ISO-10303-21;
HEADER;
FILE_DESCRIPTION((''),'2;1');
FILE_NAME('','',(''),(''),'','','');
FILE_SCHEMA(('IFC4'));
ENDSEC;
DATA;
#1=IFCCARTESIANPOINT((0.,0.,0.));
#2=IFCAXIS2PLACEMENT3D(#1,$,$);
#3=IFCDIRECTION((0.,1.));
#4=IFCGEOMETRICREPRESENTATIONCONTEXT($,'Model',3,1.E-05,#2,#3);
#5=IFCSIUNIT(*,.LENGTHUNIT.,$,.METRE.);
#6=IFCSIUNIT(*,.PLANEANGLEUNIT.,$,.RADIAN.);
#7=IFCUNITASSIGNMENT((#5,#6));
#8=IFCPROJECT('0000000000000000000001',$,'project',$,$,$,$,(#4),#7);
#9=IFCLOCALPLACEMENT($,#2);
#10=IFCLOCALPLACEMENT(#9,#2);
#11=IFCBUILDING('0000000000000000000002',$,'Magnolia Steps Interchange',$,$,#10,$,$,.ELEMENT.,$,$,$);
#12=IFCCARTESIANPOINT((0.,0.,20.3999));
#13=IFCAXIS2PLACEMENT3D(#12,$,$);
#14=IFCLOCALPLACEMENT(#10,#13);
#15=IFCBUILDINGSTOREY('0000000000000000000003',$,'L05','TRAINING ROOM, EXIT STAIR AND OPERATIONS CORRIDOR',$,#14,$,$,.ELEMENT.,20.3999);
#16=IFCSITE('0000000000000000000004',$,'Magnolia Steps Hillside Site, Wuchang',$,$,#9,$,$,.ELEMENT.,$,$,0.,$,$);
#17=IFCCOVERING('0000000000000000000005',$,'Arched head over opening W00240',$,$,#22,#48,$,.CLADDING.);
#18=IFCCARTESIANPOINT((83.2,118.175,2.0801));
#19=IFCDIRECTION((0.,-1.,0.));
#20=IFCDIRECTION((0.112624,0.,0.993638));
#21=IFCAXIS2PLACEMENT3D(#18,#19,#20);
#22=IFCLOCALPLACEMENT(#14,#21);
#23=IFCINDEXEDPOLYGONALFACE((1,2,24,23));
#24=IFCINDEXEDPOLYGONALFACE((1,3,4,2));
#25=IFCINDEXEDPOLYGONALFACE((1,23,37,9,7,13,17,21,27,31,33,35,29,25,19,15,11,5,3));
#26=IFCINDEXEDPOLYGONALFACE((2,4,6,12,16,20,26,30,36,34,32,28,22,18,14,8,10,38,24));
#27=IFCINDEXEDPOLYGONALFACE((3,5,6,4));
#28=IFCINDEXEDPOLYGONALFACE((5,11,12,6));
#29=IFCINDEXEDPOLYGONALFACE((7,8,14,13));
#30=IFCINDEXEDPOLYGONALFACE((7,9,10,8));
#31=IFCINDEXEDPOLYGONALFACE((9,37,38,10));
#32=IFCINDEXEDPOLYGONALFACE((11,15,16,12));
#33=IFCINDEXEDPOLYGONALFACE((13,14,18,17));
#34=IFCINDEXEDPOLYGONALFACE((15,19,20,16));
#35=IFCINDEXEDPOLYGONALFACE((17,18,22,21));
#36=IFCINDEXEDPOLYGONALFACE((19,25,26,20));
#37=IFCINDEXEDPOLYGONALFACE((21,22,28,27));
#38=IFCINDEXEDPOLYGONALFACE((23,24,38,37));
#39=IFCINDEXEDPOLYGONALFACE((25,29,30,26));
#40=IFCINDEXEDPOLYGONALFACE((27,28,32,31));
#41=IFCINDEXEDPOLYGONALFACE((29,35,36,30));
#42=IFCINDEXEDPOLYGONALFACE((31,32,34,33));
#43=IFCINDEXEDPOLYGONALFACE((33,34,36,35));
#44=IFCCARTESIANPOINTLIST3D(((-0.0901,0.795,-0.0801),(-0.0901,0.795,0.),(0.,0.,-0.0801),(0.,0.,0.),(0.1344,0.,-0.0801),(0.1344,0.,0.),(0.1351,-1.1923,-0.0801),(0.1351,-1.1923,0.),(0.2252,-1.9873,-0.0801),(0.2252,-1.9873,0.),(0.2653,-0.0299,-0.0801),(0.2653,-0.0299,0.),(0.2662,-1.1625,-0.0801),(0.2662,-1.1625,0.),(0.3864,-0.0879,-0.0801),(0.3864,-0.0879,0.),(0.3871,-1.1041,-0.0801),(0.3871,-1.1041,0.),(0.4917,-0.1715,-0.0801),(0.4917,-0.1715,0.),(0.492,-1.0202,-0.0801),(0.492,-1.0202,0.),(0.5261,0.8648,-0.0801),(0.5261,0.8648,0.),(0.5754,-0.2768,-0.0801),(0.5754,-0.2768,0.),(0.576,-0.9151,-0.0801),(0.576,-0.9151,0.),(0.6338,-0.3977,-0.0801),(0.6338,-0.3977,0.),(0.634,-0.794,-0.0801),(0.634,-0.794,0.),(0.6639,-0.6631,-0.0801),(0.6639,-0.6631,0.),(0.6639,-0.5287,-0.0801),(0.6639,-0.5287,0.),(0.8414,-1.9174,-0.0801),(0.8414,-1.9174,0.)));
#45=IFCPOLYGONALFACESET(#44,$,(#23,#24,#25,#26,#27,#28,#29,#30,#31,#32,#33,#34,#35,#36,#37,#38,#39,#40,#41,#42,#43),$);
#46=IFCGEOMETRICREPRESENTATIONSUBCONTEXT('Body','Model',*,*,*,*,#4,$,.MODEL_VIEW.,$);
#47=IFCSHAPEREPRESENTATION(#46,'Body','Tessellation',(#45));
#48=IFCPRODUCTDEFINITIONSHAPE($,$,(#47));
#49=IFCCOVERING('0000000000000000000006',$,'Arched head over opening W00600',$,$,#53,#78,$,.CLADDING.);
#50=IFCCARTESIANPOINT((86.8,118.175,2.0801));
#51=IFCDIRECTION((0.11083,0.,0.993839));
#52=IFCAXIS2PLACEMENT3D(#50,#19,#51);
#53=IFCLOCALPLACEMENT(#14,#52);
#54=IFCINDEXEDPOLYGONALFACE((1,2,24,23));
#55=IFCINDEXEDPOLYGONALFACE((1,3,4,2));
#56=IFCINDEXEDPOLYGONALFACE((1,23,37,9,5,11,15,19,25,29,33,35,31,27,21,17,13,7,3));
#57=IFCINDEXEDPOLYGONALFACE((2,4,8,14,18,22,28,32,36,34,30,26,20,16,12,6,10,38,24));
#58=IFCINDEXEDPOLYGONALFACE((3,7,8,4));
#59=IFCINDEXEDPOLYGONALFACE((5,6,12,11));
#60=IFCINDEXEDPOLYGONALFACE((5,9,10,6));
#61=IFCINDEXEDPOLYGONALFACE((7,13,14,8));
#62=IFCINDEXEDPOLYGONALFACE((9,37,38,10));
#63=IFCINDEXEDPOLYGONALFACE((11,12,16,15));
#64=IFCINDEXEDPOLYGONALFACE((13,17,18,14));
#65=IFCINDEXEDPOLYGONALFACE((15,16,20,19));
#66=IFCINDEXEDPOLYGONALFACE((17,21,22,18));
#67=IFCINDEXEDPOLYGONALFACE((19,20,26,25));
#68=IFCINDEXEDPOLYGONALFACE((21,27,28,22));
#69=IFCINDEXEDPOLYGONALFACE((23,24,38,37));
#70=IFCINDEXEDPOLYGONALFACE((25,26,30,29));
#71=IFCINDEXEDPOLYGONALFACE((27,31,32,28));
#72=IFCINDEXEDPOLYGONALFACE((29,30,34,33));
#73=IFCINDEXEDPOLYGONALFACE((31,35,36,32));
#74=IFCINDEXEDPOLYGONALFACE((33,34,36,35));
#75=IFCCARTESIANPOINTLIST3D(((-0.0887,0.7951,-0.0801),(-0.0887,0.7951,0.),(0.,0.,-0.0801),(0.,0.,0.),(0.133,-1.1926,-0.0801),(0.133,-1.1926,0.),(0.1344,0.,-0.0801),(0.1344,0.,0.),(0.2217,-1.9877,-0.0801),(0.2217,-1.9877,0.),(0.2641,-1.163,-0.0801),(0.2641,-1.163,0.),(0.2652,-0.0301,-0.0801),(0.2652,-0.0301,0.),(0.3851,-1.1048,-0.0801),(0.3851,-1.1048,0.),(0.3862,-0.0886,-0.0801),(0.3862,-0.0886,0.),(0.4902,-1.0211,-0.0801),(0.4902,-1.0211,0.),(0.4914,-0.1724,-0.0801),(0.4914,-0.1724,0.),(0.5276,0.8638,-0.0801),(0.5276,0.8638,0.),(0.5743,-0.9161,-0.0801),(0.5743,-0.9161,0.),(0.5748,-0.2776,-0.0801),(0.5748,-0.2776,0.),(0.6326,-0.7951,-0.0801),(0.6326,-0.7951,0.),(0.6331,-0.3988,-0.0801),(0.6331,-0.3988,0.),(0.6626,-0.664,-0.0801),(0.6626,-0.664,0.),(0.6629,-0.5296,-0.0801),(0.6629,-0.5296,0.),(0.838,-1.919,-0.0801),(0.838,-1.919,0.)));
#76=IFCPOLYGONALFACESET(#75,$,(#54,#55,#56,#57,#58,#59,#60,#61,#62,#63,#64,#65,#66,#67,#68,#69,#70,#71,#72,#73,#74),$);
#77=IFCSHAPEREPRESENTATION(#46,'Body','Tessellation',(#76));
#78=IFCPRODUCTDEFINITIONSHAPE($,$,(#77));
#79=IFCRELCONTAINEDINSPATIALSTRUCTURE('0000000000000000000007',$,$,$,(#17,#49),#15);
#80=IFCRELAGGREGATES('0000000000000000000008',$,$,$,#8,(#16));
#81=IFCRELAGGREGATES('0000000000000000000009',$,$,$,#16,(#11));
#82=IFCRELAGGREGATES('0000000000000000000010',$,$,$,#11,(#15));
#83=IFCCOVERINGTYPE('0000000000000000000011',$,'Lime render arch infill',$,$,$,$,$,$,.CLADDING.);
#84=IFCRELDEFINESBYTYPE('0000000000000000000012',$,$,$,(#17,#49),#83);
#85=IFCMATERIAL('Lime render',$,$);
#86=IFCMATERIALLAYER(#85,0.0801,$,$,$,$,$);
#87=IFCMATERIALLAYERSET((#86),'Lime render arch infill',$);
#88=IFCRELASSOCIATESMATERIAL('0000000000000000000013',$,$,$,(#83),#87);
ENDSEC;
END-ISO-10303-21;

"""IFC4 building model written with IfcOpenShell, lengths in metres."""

from ifc_helpers import new_model, si_unit, direction, frame, origin, place, context, subcontext, project, spatial, polyline, outline, extrude, material, layer, layer_set, type_object, element, save


model = new_model("IFC4")

# Units and contexts
model_context = context("Model", 3, precision=1e-05, world=origin(), true_north=direction((0.0, 1.0)))
body_context = subcontext(model_context, "Body", "Model", "MODEL_VIEW")
ifc_project = project(units=[si_unit("LENGTHUNIT", "METRE"), si_unit("PLANEANGLEUNIT", "RADIAN")], contexts=[model_context])

# Site, building, storey
site_placement = place(None, origin())
site = spatial("IfcSite", under=ifc_project, at=site_placement, Name="Magnolia Steps Hillside Site, Wuchang", CompositionType="ELEMENT", RefElevation=0.0)
building_placement = place(site_placement, origin())
building = spatial("IfcBuilding", under=site, at=building_placement, Name="Magnolia Steps Interchange", CompositionType="ELEMENT")
storey_placement = place(building_placement, frame((0.0, 0.0, 20.3999)))
storey = spatial("IfcBuildingStorey", under=building, at=storey_placement, Name="L05", Description="TRAINING ROOM, EXIT STAIR AND OPERATIONS CORRIDOR", CompositionType="ELEMENT", Elevation=20.3999)

# Coverings
ifc_material_1 = material(Name="Lime render")
ifc_layer_1 = layer(ifc_material_1, 0.0801)
ifc_layer_set_1 = layer_set([ifc_layer_1], Name="Lime render arch infill")
covering_type_1 = type_object("IfcCoveringType", Name="Lime render arch infill", PredefinedType="CLADDING", material=ifc_layer_set_1)
covering_1_placement = place(storey_placement, frame((83.2, 118.175, 2.0801), z_axis=(0.0, -1.0, 0.0), x_axis=(0.112624, 0.0, 0.993638)))
element("IfcCovering", 1, at=covering_1_placement, inside=storey, type_object=covering_type_1, Name="Arched head over opening W00240", PredefinedType="CLADDING", context=body_context, shape_type="SweptSolid", body=[
    extrude(outline(polyline([(0.0, 0.0), (0.1344, 0.0), (0.2653, -0.0299), (0.3864, -0.0879), (0.4917, -0.1715), (0.5754, -0.2768), (0.6338, -0.3977), (0.6639, -0.5287), (0.6639, -0.6631), (0.634, -0.794), (0.576, -0.9151), (0.492, -1.0202), (0.3871, -1.1041), (0.2662, -1.1625), (0.1351, -1.1923), (0.2252, -1.9873), (0.8414, -1.9174), (0.5261, 0.8648), (-0.0901, 0.795), (0.0, 0.0)])), origin(), (0.0, 0.0, -1.0), 0.0801),
])
covering_2_placement = place(storey_placement, frame((86.8, 118.175, 2.0801), z_axis=(0.0, -1.0, 0.0), x_axis=(0.11083, 0.0, 0.993839)))
element("IfcCovering", 2, at=covering_2_placement, inside=storey, type_object=covering_type_1, Name="Arched head over opening W00600", PredefinedType="CLADDING", context=body_context, shape_type="SweptSolid", body=[
    extrude(outline(polyline([(0.0, 0.0), (0.1344, 0.0), (0.2652, -0.0301), (0.3862, -0.0886), (0.4914, -0.1724), (0.5748, -0.2776), (0.6331, -0.3988), (0.6629, -0.5296), (0.6626, -0.664), (0.6326, -0.7951), (0.5743, -0.9161), (0.4902, -1.0211), (0.3851, -1.1048), (0.2641, -1.163), (0.133, -1.1926), (0.2217, -1.9877), (0.838, -1.919), (0.5276, 0.8638), (-0.0887, 0.7951), (0.0, 0.0)])), origin(), (0.0, 0.0, -1.0), 0.0801),
])

save(model, "model.ifc")
